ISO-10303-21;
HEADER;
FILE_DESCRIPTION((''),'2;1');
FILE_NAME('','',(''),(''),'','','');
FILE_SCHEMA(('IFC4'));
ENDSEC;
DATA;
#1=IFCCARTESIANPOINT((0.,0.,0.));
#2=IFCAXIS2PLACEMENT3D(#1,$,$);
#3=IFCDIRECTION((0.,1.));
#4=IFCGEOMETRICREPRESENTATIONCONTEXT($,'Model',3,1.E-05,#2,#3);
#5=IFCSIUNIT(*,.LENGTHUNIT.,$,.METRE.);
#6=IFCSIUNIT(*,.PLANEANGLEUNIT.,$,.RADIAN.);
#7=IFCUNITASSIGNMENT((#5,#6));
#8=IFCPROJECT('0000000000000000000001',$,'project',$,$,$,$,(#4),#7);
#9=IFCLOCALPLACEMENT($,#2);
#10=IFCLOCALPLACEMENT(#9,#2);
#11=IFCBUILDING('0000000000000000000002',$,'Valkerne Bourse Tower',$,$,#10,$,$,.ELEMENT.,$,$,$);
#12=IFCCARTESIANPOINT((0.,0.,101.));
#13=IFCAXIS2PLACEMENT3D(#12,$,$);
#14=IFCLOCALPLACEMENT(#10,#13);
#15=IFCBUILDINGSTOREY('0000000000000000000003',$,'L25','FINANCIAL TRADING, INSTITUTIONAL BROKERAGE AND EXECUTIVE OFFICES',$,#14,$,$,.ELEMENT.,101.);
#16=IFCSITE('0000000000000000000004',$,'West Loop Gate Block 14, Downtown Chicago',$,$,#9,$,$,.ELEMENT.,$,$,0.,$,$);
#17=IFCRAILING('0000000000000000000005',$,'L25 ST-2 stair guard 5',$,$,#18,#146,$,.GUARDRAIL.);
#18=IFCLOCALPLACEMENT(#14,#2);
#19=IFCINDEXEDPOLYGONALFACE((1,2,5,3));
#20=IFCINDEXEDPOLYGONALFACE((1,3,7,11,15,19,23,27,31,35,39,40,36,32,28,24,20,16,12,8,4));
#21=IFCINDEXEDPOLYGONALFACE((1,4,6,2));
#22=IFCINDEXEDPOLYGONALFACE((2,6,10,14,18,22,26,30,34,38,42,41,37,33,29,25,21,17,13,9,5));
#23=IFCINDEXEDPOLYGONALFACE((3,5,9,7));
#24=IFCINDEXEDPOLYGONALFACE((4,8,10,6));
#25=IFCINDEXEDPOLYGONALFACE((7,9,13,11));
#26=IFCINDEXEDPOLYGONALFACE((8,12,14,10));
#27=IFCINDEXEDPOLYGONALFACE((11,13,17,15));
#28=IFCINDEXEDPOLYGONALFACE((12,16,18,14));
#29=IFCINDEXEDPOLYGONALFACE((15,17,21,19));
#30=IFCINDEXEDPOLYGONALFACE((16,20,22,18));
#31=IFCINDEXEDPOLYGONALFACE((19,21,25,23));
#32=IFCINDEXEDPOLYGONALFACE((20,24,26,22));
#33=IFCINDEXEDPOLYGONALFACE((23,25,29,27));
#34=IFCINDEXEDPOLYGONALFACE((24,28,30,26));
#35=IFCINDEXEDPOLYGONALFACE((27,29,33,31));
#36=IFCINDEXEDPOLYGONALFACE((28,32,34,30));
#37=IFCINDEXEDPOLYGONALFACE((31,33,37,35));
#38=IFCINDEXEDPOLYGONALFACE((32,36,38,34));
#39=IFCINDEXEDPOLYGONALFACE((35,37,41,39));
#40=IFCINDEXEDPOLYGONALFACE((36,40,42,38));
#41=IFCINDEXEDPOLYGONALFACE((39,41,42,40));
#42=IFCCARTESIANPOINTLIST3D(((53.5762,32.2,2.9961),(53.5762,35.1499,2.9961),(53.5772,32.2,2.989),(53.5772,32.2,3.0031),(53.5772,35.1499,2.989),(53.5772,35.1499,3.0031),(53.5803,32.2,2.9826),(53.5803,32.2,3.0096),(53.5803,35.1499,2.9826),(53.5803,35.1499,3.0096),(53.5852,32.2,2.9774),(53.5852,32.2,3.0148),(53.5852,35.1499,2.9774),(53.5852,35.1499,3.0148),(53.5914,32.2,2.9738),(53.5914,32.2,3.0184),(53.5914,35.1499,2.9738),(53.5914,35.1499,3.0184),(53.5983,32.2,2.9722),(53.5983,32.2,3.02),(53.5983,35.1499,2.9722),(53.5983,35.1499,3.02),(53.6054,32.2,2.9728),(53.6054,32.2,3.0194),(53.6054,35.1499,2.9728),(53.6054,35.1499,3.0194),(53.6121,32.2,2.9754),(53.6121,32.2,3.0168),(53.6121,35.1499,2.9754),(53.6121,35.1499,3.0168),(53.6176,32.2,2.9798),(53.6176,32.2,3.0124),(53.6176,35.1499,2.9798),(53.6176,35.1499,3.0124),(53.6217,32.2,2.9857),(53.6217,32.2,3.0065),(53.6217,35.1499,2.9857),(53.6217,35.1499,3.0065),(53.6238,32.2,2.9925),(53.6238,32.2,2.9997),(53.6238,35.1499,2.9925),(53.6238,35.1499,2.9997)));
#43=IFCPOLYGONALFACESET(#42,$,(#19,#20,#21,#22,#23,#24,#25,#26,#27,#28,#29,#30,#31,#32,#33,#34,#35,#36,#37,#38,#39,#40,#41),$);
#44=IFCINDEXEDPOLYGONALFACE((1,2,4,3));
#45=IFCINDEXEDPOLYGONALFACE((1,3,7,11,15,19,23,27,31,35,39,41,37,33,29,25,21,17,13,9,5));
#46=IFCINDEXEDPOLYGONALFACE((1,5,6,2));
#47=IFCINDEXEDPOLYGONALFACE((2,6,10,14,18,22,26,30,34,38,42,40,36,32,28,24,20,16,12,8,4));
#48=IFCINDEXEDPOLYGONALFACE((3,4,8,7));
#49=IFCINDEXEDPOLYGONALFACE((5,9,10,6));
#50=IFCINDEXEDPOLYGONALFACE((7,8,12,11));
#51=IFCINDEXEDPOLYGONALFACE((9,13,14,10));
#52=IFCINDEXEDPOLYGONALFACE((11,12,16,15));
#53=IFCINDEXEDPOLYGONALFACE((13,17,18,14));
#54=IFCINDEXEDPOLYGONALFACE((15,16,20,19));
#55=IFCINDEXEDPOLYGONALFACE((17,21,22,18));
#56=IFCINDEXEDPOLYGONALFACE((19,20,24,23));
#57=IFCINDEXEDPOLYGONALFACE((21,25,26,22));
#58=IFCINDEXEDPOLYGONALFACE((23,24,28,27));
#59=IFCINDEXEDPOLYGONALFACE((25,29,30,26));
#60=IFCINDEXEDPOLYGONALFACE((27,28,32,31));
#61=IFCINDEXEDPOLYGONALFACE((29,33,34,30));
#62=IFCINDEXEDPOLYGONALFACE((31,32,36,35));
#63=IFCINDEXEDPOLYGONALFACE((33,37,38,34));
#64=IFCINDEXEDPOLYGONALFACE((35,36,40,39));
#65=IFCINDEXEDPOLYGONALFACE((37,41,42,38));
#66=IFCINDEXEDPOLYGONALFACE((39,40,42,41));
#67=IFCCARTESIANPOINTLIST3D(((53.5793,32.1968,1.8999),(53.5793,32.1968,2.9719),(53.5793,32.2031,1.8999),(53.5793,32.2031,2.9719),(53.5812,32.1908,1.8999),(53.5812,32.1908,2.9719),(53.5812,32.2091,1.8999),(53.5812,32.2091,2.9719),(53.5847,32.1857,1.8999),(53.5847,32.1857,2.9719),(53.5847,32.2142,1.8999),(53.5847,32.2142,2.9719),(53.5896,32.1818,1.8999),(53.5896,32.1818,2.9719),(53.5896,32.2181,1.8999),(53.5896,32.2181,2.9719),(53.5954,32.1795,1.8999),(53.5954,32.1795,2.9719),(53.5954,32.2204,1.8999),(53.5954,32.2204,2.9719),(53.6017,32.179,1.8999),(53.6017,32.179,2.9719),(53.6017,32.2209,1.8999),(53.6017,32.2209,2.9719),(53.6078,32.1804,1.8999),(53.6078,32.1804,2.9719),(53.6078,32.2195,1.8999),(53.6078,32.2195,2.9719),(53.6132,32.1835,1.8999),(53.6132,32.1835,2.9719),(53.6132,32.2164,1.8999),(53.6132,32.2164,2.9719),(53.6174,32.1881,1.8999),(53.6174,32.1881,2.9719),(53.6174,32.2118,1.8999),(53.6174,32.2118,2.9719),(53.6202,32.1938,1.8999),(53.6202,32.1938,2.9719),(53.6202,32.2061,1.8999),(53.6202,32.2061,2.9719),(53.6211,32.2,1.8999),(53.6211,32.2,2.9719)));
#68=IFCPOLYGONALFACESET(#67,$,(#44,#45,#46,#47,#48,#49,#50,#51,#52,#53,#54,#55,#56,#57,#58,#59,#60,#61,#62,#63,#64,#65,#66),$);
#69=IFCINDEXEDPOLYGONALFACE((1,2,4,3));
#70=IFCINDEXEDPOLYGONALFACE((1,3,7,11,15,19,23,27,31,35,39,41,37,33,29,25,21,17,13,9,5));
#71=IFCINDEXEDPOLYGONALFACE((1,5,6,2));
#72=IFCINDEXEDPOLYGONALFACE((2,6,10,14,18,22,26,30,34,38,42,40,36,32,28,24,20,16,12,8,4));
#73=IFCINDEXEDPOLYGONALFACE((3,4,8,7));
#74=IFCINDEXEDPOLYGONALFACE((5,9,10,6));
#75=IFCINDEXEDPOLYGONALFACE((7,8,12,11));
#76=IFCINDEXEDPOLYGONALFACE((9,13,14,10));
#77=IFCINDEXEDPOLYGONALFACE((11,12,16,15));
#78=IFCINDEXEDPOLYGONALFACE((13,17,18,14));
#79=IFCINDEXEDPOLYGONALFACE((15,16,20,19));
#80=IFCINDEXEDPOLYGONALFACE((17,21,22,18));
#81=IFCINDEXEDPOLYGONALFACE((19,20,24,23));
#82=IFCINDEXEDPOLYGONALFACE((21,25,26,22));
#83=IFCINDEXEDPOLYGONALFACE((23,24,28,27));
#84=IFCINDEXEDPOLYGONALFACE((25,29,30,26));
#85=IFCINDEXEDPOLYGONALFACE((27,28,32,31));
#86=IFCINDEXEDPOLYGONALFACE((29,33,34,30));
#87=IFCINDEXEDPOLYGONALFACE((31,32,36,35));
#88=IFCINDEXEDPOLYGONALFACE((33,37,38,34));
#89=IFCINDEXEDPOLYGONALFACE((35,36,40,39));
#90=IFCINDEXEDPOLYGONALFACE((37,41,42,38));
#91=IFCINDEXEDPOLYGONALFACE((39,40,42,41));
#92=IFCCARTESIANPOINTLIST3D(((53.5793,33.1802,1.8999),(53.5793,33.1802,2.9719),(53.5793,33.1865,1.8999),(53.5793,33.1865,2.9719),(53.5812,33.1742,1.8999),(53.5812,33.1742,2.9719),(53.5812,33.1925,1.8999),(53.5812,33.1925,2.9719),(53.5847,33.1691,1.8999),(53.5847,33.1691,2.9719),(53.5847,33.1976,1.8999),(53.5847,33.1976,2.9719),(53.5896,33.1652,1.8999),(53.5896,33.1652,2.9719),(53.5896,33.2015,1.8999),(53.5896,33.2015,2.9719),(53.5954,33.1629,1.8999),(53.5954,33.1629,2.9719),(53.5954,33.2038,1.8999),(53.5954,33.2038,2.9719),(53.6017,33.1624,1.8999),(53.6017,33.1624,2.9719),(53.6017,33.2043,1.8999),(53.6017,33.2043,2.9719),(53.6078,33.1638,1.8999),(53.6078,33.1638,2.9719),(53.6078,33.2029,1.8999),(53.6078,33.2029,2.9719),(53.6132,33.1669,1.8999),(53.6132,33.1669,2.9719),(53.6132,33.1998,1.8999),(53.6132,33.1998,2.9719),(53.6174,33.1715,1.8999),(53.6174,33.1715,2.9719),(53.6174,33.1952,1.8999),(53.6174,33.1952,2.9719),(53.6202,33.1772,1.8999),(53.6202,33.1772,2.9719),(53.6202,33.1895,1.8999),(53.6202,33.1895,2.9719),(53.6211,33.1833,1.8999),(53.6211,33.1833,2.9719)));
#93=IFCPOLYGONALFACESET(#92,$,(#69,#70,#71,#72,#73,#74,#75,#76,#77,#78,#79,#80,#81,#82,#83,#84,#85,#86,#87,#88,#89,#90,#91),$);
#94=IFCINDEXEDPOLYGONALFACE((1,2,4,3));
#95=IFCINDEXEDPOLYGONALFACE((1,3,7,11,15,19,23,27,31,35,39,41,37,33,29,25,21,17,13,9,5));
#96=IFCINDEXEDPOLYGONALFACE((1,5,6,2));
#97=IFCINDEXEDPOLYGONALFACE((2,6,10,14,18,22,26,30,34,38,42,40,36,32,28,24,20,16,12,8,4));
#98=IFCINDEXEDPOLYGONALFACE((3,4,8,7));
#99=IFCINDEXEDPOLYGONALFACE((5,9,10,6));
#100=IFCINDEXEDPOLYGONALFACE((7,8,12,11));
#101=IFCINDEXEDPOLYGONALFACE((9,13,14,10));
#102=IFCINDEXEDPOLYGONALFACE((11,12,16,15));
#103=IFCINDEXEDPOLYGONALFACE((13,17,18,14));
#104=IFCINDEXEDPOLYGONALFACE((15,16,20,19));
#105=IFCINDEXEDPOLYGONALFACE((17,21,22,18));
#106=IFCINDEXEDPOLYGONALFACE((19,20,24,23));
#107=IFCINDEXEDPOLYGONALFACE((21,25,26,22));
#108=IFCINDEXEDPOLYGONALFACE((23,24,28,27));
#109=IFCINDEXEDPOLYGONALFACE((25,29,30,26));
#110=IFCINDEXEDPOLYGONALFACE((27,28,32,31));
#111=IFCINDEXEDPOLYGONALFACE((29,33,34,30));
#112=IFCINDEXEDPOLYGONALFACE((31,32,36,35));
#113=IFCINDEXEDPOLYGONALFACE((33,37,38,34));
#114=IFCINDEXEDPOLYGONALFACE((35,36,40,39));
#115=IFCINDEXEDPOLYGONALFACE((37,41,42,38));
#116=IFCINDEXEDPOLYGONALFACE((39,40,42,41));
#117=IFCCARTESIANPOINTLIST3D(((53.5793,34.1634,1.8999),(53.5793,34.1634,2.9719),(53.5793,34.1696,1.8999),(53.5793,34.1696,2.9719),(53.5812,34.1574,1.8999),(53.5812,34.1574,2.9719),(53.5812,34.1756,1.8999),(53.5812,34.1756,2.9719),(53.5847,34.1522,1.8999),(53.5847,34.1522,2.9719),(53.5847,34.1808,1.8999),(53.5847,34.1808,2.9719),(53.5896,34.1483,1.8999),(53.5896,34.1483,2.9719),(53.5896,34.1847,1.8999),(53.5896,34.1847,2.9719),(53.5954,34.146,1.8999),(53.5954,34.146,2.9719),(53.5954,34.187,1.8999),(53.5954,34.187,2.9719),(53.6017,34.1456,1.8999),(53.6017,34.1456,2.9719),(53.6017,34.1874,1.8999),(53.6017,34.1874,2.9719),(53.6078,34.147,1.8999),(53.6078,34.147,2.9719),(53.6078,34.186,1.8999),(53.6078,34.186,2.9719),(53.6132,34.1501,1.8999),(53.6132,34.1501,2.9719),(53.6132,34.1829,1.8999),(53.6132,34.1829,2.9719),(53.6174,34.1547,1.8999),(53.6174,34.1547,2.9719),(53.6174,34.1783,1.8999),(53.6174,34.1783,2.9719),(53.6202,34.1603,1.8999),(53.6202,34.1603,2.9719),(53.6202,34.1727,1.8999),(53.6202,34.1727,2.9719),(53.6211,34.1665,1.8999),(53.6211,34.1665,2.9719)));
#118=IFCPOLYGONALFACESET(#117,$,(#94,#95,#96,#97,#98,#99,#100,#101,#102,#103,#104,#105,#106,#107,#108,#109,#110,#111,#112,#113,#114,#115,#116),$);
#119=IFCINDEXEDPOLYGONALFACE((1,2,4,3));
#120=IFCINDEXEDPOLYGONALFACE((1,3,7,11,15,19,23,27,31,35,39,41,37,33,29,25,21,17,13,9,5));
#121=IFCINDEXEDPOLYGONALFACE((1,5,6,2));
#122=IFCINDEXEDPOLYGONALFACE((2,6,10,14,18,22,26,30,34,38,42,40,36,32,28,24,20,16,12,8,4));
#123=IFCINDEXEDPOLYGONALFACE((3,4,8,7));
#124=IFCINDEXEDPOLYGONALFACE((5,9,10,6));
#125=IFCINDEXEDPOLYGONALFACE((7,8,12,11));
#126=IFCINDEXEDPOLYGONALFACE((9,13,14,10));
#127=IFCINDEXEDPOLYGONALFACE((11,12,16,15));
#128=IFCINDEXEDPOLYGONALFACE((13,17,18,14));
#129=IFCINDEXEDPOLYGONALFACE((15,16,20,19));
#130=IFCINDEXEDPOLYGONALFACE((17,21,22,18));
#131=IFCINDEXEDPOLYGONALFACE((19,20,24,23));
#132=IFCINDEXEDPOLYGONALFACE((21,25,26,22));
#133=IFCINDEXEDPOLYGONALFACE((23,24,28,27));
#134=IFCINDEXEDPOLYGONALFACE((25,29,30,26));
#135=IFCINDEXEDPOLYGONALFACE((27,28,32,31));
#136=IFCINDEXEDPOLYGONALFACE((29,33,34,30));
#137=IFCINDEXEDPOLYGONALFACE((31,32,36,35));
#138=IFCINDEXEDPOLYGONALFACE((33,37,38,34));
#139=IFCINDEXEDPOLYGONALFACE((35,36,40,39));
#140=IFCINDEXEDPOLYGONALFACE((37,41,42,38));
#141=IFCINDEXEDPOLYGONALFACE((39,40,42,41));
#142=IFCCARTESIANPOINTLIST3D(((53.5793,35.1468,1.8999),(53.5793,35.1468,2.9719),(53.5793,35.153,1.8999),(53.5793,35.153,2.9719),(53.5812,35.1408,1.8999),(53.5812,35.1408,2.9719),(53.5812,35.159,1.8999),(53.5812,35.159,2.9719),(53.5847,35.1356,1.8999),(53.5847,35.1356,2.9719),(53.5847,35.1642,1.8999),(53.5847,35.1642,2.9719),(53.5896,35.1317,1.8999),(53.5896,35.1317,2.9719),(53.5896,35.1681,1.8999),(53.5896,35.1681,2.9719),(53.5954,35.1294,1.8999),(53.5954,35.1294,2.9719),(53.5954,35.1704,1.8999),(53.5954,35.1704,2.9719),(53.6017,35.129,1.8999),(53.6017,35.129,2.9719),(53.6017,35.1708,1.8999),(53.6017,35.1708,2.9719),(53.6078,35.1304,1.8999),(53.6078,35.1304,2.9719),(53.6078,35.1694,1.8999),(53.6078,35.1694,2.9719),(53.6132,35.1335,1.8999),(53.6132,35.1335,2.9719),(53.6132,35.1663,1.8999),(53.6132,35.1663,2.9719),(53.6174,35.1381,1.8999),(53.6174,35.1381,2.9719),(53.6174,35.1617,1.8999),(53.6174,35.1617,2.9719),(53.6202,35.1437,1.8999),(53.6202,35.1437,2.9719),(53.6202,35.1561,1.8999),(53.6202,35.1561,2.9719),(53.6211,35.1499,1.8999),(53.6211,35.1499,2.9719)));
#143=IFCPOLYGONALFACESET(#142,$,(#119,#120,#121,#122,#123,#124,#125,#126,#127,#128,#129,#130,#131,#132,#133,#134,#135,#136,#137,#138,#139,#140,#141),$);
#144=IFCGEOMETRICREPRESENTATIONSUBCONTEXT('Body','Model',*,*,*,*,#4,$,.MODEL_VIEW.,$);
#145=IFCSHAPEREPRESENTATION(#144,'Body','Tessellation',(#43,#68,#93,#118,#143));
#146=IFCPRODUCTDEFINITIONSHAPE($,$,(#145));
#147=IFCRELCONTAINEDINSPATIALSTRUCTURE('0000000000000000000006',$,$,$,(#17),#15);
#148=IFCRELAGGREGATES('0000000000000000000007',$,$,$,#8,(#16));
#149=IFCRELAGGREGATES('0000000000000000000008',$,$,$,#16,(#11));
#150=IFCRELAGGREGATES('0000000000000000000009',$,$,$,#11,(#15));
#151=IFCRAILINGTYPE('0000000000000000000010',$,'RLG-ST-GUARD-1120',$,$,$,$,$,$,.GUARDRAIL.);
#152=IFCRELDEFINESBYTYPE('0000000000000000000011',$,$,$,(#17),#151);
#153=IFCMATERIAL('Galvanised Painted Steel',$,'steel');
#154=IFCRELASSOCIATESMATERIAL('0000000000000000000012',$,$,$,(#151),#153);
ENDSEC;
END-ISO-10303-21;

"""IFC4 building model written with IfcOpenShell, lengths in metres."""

from ifc_helpers import new_model, si_unit, direction, frame, origin, origin_2d, place, context, subcontext, project, spatial, circle, extrude, material, type_object, element, save


model = new_model("IFC4")

# Units and contexts
model_context = context("Model", 3, precision=1e-05, world=origin(), true_north=direction((0.0, 1.0)))
body_context = subcontext(model_context, "Body", "Model", "MODEL_VIEW")
ifc_project = project(units=[si_unit("LENGTHUNIT", "METRE"), si_unit("PLANEANGLEUNIT", "RADIAN")], contexts=[model_context])

# Site, building, storey
site_placement = place(None, origin())
site = spatial("IfcSite", under=ifc_project, at=site_placement, Name="West Loop Gate Block 14, Downtown Chicago", CompositionType="ELEMENT", RefElevation=0.0)
building_placement = place(site_placement, origin())
building = spatial("IfcBuilding", under=site, at=building_placement, Name="Valkerne Bourse Tower", CompositionType="ELEMENT")
storey_placement = place(building_placement, frame((0.0, 0.0, 101.0)))
storey = spatial("IfcBuildingStorey", under=building, at=storey_placement, Name="L25", Description="FINANCIAL TRADING, INSTITUTIONAL BROKERAGE AND EXECUTIVE OFFICES", CompositionType="ELEMENT", Elevation=101.0)

# Railing
ifc_material_1 = material(Name="Galvanised Painted Steel", Category="steel")
railing_type_1 = type_object("IfcRailingType", Name="RLG-ST-GUARD-1120", PredefinedType="GUARDRAIL", material=ifc_material_1)
railing_1_placement = place(storey_placement, frame((53.6001, 32.2, 1.8999)))
element("IfcRailing", 1, at=railing_1_placement, inside=storey, type_object=railing_type_1, Name="L25 ST-2 stair guard 5", PredefinedType="GUARDRAIL", context=body_context, shape_type="SweptSolid", body=[
    extrude(circle(Radius=0.0239, at=origin_2d()), frame((0.0, 0.0, 1.0962), z_axis=(0.0, 1.0, 0.0), x_axis=(-1.0, 0.0, 0.0)), (0.0, 0.0, 1.0), 2.95),
    extrude(circle(Radius=0.021, at=origin_2d()), origin(), (0.0, 0.0, 1.0), 1.072),
    extrude(circle(Radius=0.021, at=origin_2d()), frame((0.0, 0.9834, 0.0)), (0.0, 0.0, 1.0), 1.072),
    extrude(circle(Radius=0.021, at=origin_2d()), frame((0.0, 1.9666, 0.0)), (0.0, 0.0, 1.0), 1.072),
    extrude(circle(Radius=0.021, at=origin_2d()), frame((0.0, 2.95, 0.0)), (0.0, 0.0, 1.0), 1.072),
])

save(model, "model.ifc")
